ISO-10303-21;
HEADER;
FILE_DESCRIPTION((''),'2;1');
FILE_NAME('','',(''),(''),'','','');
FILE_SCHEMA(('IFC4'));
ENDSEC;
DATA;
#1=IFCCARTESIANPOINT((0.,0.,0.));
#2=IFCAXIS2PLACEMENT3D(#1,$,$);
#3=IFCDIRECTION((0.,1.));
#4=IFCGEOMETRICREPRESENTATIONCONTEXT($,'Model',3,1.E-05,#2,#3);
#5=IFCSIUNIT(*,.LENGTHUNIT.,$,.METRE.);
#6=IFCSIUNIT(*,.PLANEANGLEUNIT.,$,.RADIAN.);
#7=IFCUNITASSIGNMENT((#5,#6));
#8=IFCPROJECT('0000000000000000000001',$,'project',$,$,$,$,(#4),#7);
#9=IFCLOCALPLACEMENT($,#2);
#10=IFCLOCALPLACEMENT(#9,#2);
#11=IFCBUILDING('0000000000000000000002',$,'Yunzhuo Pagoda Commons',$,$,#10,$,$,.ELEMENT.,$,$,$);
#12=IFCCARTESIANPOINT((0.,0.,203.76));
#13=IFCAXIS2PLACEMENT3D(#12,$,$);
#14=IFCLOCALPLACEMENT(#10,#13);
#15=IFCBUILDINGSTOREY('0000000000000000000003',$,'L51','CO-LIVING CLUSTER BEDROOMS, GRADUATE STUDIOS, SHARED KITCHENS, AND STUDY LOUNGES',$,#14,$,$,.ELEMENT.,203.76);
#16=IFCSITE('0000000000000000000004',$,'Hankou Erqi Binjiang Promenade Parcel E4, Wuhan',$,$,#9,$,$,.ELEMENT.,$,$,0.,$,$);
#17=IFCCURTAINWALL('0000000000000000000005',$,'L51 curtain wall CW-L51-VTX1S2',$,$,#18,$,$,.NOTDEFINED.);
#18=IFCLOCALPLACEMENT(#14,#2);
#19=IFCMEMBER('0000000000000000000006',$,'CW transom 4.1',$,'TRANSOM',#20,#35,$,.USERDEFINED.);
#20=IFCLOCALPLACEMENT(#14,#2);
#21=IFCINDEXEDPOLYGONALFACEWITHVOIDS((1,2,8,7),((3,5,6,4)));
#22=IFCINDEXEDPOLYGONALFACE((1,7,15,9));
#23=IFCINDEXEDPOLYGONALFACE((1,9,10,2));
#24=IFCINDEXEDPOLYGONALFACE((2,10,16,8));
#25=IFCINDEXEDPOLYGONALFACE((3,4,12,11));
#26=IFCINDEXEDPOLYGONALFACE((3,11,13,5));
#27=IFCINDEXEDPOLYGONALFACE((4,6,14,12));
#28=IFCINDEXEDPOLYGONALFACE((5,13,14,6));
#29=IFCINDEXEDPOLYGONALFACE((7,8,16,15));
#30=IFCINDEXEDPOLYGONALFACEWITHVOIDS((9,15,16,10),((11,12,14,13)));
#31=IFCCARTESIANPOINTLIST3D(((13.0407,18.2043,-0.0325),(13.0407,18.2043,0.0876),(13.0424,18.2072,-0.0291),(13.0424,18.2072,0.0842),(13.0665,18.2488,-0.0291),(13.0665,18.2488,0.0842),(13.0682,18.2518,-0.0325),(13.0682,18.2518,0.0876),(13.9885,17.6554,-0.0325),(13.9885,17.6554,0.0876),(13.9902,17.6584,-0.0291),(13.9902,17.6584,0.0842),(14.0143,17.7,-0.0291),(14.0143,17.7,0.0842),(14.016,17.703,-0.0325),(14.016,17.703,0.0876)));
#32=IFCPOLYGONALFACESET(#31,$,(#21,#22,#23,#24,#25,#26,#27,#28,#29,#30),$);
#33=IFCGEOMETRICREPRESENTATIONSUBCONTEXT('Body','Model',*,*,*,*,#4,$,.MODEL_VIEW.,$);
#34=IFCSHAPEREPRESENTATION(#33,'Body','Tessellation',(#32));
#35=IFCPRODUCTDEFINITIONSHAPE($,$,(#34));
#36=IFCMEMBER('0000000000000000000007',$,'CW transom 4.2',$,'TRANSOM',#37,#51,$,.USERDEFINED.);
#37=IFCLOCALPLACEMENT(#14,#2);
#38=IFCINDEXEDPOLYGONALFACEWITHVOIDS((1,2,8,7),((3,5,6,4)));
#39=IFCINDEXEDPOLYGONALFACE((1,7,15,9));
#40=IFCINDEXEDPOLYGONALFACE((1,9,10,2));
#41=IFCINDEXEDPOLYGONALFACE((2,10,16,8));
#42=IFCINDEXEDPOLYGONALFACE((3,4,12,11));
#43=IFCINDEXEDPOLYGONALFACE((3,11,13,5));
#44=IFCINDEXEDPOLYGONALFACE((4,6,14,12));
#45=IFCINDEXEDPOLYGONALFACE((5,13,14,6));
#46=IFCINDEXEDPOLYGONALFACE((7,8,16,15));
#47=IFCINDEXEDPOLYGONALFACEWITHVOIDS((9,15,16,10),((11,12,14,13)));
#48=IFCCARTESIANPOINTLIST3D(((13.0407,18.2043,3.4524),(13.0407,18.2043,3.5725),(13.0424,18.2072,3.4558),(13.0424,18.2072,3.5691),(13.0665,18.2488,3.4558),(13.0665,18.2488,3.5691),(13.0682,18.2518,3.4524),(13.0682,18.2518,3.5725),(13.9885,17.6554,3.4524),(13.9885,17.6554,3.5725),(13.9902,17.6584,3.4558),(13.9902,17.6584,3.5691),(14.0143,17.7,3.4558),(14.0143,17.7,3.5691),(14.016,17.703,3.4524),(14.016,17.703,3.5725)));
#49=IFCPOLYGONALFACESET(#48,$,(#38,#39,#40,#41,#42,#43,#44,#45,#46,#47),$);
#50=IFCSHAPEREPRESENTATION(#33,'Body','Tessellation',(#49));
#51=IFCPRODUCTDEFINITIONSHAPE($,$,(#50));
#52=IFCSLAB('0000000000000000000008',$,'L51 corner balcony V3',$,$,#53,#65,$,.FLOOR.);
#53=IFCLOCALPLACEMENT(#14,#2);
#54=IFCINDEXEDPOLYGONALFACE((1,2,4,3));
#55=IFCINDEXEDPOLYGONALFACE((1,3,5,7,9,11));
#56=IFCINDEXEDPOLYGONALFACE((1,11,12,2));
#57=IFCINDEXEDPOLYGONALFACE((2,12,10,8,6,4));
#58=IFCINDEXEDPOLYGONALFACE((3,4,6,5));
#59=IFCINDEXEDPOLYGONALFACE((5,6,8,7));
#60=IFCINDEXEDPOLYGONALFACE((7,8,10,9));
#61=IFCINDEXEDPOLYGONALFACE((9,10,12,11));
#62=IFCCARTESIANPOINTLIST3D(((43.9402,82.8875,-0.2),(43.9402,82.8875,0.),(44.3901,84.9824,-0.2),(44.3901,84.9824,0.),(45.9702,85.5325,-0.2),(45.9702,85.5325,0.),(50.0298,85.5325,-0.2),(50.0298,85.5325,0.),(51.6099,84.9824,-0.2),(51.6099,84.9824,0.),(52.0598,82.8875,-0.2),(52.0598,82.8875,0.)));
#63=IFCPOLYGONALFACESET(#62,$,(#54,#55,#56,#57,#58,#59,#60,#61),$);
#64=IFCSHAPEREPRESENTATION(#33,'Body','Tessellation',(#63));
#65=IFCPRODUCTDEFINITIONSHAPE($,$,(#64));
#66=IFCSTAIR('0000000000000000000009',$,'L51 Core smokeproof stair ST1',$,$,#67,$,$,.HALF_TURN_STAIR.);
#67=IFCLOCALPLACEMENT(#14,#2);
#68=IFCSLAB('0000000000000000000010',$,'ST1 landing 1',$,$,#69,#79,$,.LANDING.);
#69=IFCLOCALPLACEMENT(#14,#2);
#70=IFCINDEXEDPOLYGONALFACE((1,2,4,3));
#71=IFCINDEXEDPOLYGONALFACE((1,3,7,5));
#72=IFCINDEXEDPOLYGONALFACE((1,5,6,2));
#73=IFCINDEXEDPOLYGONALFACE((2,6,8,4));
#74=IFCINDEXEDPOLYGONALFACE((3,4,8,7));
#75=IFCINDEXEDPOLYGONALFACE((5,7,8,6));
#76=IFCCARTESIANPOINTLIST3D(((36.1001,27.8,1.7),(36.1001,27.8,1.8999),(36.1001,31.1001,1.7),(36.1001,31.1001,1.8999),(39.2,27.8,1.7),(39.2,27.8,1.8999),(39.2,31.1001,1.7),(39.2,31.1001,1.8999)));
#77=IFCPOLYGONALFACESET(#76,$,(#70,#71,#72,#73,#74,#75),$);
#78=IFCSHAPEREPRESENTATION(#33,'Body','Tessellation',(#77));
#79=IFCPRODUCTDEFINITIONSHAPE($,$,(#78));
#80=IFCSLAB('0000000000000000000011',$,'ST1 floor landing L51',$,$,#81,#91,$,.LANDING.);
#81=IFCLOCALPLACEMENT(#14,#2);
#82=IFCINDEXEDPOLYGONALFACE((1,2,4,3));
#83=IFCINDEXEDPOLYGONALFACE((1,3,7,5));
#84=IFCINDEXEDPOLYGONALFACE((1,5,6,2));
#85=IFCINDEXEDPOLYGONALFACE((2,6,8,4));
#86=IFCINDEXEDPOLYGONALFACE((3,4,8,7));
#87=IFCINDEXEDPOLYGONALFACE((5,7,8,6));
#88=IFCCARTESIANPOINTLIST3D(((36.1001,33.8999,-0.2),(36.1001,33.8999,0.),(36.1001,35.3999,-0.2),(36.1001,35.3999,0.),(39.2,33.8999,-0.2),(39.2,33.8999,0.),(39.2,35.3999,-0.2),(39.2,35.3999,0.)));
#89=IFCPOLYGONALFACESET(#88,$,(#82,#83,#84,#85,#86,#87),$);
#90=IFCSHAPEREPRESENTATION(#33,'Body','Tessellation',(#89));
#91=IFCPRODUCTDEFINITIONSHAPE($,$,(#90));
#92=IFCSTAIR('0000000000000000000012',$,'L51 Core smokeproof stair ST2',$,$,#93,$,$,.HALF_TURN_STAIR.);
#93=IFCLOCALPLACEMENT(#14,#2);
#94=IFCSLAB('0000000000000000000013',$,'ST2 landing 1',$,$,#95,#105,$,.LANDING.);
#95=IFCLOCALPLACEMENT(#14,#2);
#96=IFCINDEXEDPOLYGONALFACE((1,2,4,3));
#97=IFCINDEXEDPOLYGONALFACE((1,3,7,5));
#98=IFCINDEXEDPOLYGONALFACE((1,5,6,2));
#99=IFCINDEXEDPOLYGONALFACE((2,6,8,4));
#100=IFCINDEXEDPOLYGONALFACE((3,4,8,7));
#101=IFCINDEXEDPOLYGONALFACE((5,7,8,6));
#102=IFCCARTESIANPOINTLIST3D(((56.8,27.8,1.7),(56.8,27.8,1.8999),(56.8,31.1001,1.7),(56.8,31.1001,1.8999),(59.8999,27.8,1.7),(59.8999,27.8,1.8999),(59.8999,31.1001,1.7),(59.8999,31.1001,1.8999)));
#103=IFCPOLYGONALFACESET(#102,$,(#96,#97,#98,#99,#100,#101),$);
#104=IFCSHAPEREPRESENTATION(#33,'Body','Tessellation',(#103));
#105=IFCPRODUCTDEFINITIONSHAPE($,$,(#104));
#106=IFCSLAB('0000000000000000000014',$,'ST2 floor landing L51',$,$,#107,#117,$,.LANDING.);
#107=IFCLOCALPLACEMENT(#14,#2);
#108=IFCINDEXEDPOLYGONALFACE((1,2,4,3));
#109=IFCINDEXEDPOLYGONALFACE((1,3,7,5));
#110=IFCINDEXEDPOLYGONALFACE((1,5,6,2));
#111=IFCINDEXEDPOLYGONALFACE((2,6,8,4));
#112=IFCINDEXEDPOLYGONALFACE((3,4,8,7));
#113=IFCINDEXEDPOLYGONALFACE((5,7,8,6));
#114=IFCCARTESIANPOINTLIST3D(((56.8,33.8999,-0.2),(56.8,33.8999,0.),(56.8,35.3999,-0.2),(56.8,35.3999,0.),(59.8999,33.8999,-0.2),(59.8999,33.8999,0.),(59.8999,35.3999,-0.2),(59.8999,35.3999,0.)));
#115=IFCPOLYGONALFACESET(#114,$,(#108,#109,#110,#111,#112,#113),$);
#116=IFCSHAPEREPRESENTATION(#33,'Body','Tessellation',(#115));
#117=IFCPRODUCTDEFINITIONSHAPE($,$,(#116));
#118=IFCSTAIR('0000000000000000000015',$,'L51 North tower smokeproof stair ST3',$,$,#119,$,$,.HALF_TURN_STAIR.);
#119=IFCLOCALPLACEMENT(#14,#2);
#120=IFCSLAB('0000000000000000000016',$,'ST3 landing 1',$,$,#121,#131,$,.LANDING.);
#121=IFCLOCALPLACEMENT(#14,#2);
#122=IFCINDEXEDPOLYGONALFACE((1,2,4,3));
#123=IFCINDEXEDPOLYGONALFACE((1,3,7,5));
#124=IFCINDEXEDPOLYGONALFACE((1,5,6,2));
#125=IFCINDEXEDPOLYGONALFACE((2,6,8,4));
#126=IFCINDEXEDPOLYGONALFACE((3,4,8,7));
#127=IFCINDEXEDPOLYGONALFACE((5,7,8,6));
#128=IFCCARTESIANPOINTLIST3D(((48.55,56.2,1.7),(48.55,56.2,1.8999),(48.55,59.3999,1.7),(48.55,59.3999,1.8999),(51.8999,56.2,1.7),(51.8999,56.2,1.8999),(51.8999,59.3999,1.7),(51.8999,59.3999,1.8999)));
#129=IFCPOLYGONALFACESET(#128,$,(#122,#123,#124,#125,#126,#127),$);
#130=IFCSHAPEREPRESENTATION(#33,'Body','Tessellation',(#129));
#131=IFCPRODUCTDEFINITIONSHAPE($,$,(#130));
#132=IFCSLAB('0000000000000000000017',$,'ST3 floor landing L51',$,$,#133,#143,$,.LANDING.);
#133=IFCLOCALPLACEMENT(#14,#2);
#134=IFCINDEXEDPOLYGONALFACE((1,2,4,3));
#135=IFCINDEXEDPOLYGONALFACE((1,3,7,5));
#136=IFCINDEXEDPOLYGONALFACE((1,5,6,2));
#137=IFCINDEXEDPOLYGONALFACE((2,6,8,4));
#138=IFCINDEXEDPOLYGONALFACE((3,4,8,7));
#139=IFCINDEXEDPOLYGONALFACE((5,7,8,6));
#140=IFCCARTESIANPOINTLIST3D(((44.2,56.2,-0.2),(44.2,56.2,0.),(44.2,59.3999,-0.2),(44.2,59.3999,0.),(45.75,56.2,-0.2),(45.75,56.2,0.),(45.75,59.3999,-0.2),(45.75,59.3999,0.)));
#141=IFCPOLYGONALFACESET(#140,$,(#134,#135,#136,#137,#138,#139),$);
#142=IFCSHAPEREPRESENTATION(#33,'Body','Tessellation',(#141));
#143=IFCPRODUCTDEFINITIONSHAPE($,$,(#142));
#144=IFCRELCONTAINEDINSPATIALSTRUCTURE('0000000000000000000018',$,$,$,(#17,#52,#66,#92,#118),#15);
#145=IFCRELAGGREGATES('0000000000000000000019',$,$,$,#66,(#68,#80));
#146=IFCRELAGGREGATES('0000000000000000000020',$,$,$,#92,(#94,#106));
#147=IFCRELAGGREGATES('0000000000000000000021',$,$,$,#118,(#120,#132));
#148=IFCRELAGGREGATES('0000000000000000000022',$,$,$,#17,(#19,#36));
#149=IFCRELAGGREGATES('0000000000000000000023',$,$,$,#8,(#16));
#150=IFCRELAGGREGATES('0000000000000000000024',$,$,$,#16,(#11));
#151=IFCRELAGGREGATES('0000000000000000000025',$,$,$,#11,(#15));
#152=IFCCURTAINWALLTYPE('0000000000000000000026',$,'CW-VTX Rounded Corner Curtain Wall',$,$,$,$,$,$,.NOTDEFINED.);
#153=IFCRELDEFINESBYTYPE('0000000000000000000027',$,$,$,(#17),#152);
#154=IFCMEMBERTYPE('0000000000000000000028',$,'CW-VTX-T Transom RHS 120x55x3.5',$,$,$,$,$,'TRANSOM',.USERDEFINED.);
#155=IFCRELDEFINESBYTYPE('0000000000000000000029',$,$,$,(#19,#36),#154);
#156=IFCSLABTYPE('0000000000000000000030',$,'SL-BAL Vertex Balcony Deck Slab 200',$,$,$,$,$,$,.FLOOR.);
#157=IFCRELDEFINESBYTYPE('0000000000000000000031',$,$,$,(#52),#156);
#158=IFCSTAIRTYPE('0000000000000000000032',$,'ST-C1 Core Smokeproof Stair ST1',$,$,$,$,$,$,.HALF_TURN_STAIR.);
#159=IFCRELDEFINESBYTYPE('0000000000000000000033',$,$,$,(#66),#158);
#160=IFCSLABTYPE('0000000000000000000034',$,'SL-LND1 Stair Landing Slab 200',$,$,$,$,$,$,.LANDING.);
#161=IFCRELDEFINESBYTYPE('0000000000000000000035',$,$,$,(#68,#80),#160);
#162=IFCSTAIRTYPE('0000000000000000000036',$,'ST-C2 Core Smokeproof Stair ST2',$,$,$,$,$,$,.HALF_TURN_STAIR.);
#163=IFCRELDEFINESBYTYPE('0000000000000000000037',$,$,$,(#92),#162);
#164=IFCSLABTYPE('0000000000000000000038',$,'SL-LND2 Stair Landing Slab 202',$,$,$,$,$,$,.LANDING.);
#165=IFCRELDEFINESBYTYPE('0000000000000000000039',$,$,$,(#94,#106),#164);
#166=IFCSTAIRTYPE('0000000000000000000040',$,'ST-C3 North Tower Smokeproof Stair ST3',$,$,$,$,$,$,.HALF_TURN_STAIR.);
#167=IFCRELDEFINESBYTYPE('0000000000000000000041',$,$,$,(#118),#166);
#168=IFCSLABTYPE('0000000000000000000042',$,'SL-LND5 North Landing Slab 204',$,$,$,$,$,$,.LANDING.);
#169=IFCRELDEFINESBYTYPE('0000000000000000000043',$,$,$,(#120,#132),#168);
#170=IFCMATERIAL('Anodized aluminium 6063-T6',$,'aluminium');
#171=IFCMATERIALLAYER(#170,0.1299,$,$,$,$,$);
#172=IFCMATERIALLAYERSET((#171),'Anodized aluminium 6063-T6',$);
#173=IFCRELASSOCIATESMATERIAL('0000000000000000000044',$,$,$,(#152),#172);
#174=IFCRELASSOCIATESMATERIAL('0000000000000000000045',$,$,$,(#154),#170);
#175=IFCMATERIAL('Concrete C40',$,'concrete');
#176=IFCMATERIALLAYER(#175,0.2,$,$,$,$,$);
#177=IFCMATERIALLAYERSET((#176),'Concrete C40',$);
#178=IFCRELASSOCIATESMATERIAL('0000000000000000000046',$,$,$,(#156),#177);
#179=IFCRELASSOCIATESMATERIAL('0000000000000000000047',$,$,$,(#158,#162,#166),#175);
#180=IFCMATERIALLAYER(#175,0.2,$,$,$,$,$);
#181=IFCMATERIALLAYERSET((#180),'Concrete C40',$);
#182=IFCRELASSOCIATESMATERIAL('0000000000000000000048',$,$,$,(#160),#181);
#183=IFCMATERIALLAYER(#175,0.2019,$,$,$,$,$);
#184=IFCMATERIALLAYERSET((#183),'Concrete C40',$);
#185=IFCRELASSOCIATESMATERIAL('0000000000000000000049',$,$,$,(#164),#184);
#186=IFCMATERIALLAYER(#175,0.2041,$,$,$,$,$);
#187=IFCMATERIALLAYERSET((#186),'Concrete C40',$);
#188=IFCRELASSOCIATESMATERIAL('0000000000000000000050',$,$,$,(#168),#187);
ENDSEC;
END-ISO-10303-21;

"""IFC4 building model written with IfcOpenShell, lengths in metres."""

from ifc_helpers import new_model, si_unit, direction, frame, origin, origin_2d, place, context, subcontext, project, spatial, polyline, hollow_rectangle, outline, extrude, source, transform, mapped, material, layer, layer_set, material_profile, profile_set, type_object, element, aggregate, save


model = new_model("IFC4")

# Units and contexts
model_context = context("Model", 3, precision=1e-05, world=origin(), true_north=direction((0.0, 1.0)))
body_context = subcontext(model_context, "Body", "Model", "MODEL_VIEW")
ifc_project = project(units=[si_unit("LENGTHUNIT", "METRE"), si_unit("PLANEANGLEUNIT", "RADIAN")], contexts=[model_context])

# Site, building, storey
site_placement = place(None, origin())
site = spatial("IfcSite", under=ifc_project, at=site_placement, Name="Hankou Erqi Binjiang Promenade Parcel E4, Wuhan", CompositionType="ELEMENT", RefElevation=0.0)
building_placement = place(site_placement, origin())
building = spatial("IfcBuilding", under=site, at=building_placement, Name="Yunzhuo Pagoda Commons", CompositionType="ELEMENT")
storey_placement = place(building_placement, frame((0.0, 0.0, 203.76)))
storey = spatial("IfcBuildingStorey", under=building, at=storey_placement, Name="L51", Description="CO-LIVING CLUSTER BEDROOMS, GRADUATE STUDIOS, SHARED KITCHENS, AND STUDY LOUNGES", CompositionType="ELEMENT", Elevation=203.76)

# Curtain wall
ifc_material_1 = material(Name="Anodized aluminium 6063-T6", Category="aluminium")
ifc_layer_1 = layer(ifc_material_1, 0.1299)
ifc_layer_set_1 = layer_set([ifc_layer_1], Name="Anodized aluminium 6063-T6")
curtain_wall_type_1 = type_object("IfcCurtainWallType", Name="CW-VTX Rounded Corner Curtain Wall", PredefinedType="NOTDEFINED", material=ifc_layer_set_1)
curtain_wall_1_placement = place(storey_placement, origin())
curtain_wall_1 = element("IfcCurtainWall", 1, at=curtain_wall_1_placement, inside=storey, type_object=curtain_wall_type_1, Name="L51 curtain wall CW-L51-VTX1S2", PredefinedType="NOTDEFINED")

# Members
ifc_material_profile_1 = material_profile(ifc_material_1, hollow_rectangle(XDim=0.0549, YDim=0.1201, WallThickness=0.0034, at=origin_2d()), Name="Anodized aluminium 6063-T6")
ifc_profile_set_1 = profile_set([ifc_material_profile_1], Name="Anodized aluminium 6063-T6")
member_type_1 = type_object("IfcMemberType", Name="CW-VTX-T Transom RHS 120x55x3.5", ElementType="TRANSOM", PredefinedType="USERDEFINED", material=ifc_profile_set_1)
shared_shape_1 = source(origin(), body_context, "Body", "SweptSolid", [
    extrude(hollow_rectangle(XDim=0.0549, YDim=0.1201, WallThickness=0.0034, at=origin_2d()), origin(), (0.0, 0.0, 1.0), 1.0952),
])
member_1_placement = place(storey_placement, frame((13.0544, 18.228, 0.0276), z_axis=(0.865375, -0.501124, 0.0), x_axis=(0.501124, 0.865375, 0.0)))
member_1 = element("IfcMember", 2, at=member_1_placement, type_object=member_type_1, Name="CW transom 4.1", ObjectType="TRANSOM", PredefinedType="USERDEFINED", context=body_context, shape_type="MappedRepresentation", body=[
    mapped(shared_shape_1, transform((0.0, 0.0, 0.0), scale=1.0)),
])
member_2_placement = place(storey_placement, frame((13.0544, 18.228, 3.5125), z_axis=(0.865375, -0.501124, 0.0), x_axis=(0.501124, 0.865375, 0.0)))
member_2 = element("IfcMember", 3, at=member_2_placement, type_object=member_type_1, Name="CW transom 4.2", ObjectType="TRANSOM", PredefinedType="USERDEFINED", context=body_context, shape_type="MappedRepresentation", body=[
    mapped(shared_shape_1, transform((0.0, 0.0, 0.0), scale=1.0)),
])

# Slab
ifc_material_2 = material(Name="Concrete C40", Category="concrete")
ifc_layer_2 = layer(ifc_material_2, 0.2)
ifc_layer_set_2 = layer_set([ifc_layer_2], Name="Concrete C40")
slab_type_1 = type_object("IfcSlabType", Name="SL-BAL Vertex Balcony Deck Slab 200", PredefinedType="FLOOR", material=ifc_layer_set_2)
slab_1_placement = place(storey_placement, frame((0.0, 0.0, -0.2)))
element("IfcSlab", 4, at=slab_1_placement, inside=storey, type_object=slab_type_1, Name="L51 corner balcony V3", PredefinedType="FLOOR", context=body_context, shape_type="SweptSolid", body=[
    extrude(outline(polyline([(52.0598, 82.8875), (43.9402, 82.8875), (44.3901, 84.9824), (45.9702, 85.5325), (50.0298, 85.5325), (51.6099, 84.9824), (52.0598, 82.8875)])), origin(), (0.0, 0.0, 1.0), 0.2),
])

# Stairs, slabs
stair_type_1 = type_object("IfcStairType", Name="ST-C1 Core Smokeproof Stair ST1", PredefinedType="HALF_TURN_STAIR", material=ifc_material_2)
stair_1_placement = place(storey_placement, origin())
stair_1 = element("IfcStair", 5, at=stair_1_placement, inside=storey, type_object=stair_type_1, Name="L51 Core smokeproof stair ST1", PredefinedType="HALF_TURN_STAIR")
ifc_layer_3 = layer(ifc_material_2, 0.2)
ifc_layer_set_3 = layer_set([ifc_layer_3], Name="Concrete C40")
slab_type_2 = type_object("IfcSlabType", Name="SL-LND1 Stair Landing Slab 200", PredefinedType="LANDING", material=ifc_layer_set_3)
slab_2_placement = place(storey_placement, frame((0.0, 0.0, 1.7)))
slab_2 = element("IfcSlab", 6, at=slab_2_placement, type_object=slab_type_2, Name="ST1 landing 1", PredefinedType="LANDING", context=body_context, shape_type="SweptSolid", body=[
    extrude(outline(polyline([(36.1001, 31.1001), (36.1001, 27.8), (39.2, 27.8), (39.2, 31.1001), (36.1001, 31.1001)])), origin(), (0.0, 0.0, 1.0), 0.2),
])
slab_3_placement = place(storey_placement, frame((0.0, 0.0, -0.2)))
slab_3 = element("IfcSlab", 7, at=slab_3_placement, type_object=slab_type_2, Name="ST1 floor landing L51", PredefinedType="LANDING", context=body_context, shape_type="SweptSolid", body=[
    extrude(outline(polyline([(36.1001, 35.3999), (36.1001, 33.8999), (39.2, 33.8999), (39.2, 35.3999), (36.1001, 35.3999)])), origin(), (0.0, 0.0, 1.0), 0.2),
])
aggregate(stair_1, [slab_2, slab_3])
stair_type_2 = type_object("IfcStairType", Name="ST-C2 Core Smokeproof Stair ST2", PredefinedType="HALF_TURN_STAIR", material=ifc_material_2)
stair_2_placement = place(storey_placement, origin())
stair_2 = element("IfcStair", 8, at=stair_2_placement, inside=storey, type_object=stair_type_2, Name="L51 Core smokeproof stair ST2", PredefinedType="HALF_TURN_STAIR")
ifc_layer_4 = layer(ifc_material_2, 0.2019)
ifc_layer_set_4 = layer_set([ifc_layer_4], Name="Concrete C40")
slab_type_3 = type_object("IfcSlabType", Name="SL-LND2 Stair Landing Slab 202", PredefinedType="LANDING", material=ifc_layer_set_4)
slab_4_placement = place(storey_placement, frame((0.0, 0.0, 1.7)))
slab_4 = element("IfcSlab", 9, at=slab_4_placement, type_object=slab_type_3, Name="ST2 landing 1", PredefinedType="LANDING", context=body_context, shape_type="SweptSolid", body=[
    extrude(outline(polyline([(56.8, 31.1001), (56.8, 27.8), (59.8999, 27.8), (59.8999, 31.1001), (56.8, 31.1001)])), origin(), (0.0, 0.0, 1.0), 0.2),
])
slab_5_placement = place(storey_placement, frame((0.0, 0.0, -0.2)))
slab_5 = element("IfcSlab", 10, at=slab_5_placement, type_object=slab_type_3, Name="ST2 floor landing L51", PredefinedType="LANDING", context=body_context, shape_type="SweptSolid", body=[
    extrude(outline(polyline([(56.8, 35.3999), (56.8, 33.8999), (59.8999, 33.8999), (59.8999, 35.3999), (56.8, 35.3999)])), origin(), (0.0, 0.0, 1.0), 0.2),
])
aggregate(stair_2, [slab_4, slab_5])
stair_type_3 = type_object("IfcStairType", Name="ST-C3 North Tower Smokeproof Stair ST3", PredefinedType="HALF_TURN_STAIR", material=ifc_material_2)
stair_3_placement = place(storey_placement, origin())
stair_3 = element("IfcStair", 11, at=stair_3_placement, inside=storey, type_object=stair_type_3, Name="L51 North tower smokeproof stair ST3", PredefinedType="HALF_TURN_STAIR")
ifc_layer_5 = layer(ifc_material_2, 0.2041)
ifc_layer_set_5 = layer_set([ifc_layer_5], Name="Concrete C40")
slab_type_4 = type_object("IfcSlabType", Name="SL-LND5 North Landing Slab 204", PredefinedType="LANDING", material=ifc_layer_set_5)
slab_6_placement = place(storey_placement, frame((0.0, 0.0, 1.7)))
slab_6 = element("IfcSlab", 12, at=slab_6_placement, type_object=slab_type_4, Name="ST3 landing 1", PredefinedType="LANDING", context=body_context, shape_type="SweptSolid", body=[
    extrude(outline(polyline([(48.55, 56.2), (51.8999, 56.2), (51.8999, 59.3999), (48.55, 59.3999), (48.55, 56.2)])), origin(), (0.0, 0.0, 1.0), 0.2),
])
slab_7_placement = place(storey_placement, frame((0.0, 0.0, -0.2)))
slab_7 = element("IfcSlab", 13, at=slab_7_placement, type_object=slab_type_4, Name="ST3 floor landing L51", PredefinedType="LANDING", context=body_context, shape_type="SweptSolid", body=[
    extrude(outline(polyline([(44.2, 56.2), (45.75, 56.2), (45.75, 59.3999), (44.2, 59.3999), (44.2, 56.2)])), origin(), (0.0, 0.0, 1.0), 0.2),
])
aggregate(stair_3, [slab_6, slab_7])

aggregate(curtain_wall_1, [member_1, member_2])

save(model, "model.ifc")
